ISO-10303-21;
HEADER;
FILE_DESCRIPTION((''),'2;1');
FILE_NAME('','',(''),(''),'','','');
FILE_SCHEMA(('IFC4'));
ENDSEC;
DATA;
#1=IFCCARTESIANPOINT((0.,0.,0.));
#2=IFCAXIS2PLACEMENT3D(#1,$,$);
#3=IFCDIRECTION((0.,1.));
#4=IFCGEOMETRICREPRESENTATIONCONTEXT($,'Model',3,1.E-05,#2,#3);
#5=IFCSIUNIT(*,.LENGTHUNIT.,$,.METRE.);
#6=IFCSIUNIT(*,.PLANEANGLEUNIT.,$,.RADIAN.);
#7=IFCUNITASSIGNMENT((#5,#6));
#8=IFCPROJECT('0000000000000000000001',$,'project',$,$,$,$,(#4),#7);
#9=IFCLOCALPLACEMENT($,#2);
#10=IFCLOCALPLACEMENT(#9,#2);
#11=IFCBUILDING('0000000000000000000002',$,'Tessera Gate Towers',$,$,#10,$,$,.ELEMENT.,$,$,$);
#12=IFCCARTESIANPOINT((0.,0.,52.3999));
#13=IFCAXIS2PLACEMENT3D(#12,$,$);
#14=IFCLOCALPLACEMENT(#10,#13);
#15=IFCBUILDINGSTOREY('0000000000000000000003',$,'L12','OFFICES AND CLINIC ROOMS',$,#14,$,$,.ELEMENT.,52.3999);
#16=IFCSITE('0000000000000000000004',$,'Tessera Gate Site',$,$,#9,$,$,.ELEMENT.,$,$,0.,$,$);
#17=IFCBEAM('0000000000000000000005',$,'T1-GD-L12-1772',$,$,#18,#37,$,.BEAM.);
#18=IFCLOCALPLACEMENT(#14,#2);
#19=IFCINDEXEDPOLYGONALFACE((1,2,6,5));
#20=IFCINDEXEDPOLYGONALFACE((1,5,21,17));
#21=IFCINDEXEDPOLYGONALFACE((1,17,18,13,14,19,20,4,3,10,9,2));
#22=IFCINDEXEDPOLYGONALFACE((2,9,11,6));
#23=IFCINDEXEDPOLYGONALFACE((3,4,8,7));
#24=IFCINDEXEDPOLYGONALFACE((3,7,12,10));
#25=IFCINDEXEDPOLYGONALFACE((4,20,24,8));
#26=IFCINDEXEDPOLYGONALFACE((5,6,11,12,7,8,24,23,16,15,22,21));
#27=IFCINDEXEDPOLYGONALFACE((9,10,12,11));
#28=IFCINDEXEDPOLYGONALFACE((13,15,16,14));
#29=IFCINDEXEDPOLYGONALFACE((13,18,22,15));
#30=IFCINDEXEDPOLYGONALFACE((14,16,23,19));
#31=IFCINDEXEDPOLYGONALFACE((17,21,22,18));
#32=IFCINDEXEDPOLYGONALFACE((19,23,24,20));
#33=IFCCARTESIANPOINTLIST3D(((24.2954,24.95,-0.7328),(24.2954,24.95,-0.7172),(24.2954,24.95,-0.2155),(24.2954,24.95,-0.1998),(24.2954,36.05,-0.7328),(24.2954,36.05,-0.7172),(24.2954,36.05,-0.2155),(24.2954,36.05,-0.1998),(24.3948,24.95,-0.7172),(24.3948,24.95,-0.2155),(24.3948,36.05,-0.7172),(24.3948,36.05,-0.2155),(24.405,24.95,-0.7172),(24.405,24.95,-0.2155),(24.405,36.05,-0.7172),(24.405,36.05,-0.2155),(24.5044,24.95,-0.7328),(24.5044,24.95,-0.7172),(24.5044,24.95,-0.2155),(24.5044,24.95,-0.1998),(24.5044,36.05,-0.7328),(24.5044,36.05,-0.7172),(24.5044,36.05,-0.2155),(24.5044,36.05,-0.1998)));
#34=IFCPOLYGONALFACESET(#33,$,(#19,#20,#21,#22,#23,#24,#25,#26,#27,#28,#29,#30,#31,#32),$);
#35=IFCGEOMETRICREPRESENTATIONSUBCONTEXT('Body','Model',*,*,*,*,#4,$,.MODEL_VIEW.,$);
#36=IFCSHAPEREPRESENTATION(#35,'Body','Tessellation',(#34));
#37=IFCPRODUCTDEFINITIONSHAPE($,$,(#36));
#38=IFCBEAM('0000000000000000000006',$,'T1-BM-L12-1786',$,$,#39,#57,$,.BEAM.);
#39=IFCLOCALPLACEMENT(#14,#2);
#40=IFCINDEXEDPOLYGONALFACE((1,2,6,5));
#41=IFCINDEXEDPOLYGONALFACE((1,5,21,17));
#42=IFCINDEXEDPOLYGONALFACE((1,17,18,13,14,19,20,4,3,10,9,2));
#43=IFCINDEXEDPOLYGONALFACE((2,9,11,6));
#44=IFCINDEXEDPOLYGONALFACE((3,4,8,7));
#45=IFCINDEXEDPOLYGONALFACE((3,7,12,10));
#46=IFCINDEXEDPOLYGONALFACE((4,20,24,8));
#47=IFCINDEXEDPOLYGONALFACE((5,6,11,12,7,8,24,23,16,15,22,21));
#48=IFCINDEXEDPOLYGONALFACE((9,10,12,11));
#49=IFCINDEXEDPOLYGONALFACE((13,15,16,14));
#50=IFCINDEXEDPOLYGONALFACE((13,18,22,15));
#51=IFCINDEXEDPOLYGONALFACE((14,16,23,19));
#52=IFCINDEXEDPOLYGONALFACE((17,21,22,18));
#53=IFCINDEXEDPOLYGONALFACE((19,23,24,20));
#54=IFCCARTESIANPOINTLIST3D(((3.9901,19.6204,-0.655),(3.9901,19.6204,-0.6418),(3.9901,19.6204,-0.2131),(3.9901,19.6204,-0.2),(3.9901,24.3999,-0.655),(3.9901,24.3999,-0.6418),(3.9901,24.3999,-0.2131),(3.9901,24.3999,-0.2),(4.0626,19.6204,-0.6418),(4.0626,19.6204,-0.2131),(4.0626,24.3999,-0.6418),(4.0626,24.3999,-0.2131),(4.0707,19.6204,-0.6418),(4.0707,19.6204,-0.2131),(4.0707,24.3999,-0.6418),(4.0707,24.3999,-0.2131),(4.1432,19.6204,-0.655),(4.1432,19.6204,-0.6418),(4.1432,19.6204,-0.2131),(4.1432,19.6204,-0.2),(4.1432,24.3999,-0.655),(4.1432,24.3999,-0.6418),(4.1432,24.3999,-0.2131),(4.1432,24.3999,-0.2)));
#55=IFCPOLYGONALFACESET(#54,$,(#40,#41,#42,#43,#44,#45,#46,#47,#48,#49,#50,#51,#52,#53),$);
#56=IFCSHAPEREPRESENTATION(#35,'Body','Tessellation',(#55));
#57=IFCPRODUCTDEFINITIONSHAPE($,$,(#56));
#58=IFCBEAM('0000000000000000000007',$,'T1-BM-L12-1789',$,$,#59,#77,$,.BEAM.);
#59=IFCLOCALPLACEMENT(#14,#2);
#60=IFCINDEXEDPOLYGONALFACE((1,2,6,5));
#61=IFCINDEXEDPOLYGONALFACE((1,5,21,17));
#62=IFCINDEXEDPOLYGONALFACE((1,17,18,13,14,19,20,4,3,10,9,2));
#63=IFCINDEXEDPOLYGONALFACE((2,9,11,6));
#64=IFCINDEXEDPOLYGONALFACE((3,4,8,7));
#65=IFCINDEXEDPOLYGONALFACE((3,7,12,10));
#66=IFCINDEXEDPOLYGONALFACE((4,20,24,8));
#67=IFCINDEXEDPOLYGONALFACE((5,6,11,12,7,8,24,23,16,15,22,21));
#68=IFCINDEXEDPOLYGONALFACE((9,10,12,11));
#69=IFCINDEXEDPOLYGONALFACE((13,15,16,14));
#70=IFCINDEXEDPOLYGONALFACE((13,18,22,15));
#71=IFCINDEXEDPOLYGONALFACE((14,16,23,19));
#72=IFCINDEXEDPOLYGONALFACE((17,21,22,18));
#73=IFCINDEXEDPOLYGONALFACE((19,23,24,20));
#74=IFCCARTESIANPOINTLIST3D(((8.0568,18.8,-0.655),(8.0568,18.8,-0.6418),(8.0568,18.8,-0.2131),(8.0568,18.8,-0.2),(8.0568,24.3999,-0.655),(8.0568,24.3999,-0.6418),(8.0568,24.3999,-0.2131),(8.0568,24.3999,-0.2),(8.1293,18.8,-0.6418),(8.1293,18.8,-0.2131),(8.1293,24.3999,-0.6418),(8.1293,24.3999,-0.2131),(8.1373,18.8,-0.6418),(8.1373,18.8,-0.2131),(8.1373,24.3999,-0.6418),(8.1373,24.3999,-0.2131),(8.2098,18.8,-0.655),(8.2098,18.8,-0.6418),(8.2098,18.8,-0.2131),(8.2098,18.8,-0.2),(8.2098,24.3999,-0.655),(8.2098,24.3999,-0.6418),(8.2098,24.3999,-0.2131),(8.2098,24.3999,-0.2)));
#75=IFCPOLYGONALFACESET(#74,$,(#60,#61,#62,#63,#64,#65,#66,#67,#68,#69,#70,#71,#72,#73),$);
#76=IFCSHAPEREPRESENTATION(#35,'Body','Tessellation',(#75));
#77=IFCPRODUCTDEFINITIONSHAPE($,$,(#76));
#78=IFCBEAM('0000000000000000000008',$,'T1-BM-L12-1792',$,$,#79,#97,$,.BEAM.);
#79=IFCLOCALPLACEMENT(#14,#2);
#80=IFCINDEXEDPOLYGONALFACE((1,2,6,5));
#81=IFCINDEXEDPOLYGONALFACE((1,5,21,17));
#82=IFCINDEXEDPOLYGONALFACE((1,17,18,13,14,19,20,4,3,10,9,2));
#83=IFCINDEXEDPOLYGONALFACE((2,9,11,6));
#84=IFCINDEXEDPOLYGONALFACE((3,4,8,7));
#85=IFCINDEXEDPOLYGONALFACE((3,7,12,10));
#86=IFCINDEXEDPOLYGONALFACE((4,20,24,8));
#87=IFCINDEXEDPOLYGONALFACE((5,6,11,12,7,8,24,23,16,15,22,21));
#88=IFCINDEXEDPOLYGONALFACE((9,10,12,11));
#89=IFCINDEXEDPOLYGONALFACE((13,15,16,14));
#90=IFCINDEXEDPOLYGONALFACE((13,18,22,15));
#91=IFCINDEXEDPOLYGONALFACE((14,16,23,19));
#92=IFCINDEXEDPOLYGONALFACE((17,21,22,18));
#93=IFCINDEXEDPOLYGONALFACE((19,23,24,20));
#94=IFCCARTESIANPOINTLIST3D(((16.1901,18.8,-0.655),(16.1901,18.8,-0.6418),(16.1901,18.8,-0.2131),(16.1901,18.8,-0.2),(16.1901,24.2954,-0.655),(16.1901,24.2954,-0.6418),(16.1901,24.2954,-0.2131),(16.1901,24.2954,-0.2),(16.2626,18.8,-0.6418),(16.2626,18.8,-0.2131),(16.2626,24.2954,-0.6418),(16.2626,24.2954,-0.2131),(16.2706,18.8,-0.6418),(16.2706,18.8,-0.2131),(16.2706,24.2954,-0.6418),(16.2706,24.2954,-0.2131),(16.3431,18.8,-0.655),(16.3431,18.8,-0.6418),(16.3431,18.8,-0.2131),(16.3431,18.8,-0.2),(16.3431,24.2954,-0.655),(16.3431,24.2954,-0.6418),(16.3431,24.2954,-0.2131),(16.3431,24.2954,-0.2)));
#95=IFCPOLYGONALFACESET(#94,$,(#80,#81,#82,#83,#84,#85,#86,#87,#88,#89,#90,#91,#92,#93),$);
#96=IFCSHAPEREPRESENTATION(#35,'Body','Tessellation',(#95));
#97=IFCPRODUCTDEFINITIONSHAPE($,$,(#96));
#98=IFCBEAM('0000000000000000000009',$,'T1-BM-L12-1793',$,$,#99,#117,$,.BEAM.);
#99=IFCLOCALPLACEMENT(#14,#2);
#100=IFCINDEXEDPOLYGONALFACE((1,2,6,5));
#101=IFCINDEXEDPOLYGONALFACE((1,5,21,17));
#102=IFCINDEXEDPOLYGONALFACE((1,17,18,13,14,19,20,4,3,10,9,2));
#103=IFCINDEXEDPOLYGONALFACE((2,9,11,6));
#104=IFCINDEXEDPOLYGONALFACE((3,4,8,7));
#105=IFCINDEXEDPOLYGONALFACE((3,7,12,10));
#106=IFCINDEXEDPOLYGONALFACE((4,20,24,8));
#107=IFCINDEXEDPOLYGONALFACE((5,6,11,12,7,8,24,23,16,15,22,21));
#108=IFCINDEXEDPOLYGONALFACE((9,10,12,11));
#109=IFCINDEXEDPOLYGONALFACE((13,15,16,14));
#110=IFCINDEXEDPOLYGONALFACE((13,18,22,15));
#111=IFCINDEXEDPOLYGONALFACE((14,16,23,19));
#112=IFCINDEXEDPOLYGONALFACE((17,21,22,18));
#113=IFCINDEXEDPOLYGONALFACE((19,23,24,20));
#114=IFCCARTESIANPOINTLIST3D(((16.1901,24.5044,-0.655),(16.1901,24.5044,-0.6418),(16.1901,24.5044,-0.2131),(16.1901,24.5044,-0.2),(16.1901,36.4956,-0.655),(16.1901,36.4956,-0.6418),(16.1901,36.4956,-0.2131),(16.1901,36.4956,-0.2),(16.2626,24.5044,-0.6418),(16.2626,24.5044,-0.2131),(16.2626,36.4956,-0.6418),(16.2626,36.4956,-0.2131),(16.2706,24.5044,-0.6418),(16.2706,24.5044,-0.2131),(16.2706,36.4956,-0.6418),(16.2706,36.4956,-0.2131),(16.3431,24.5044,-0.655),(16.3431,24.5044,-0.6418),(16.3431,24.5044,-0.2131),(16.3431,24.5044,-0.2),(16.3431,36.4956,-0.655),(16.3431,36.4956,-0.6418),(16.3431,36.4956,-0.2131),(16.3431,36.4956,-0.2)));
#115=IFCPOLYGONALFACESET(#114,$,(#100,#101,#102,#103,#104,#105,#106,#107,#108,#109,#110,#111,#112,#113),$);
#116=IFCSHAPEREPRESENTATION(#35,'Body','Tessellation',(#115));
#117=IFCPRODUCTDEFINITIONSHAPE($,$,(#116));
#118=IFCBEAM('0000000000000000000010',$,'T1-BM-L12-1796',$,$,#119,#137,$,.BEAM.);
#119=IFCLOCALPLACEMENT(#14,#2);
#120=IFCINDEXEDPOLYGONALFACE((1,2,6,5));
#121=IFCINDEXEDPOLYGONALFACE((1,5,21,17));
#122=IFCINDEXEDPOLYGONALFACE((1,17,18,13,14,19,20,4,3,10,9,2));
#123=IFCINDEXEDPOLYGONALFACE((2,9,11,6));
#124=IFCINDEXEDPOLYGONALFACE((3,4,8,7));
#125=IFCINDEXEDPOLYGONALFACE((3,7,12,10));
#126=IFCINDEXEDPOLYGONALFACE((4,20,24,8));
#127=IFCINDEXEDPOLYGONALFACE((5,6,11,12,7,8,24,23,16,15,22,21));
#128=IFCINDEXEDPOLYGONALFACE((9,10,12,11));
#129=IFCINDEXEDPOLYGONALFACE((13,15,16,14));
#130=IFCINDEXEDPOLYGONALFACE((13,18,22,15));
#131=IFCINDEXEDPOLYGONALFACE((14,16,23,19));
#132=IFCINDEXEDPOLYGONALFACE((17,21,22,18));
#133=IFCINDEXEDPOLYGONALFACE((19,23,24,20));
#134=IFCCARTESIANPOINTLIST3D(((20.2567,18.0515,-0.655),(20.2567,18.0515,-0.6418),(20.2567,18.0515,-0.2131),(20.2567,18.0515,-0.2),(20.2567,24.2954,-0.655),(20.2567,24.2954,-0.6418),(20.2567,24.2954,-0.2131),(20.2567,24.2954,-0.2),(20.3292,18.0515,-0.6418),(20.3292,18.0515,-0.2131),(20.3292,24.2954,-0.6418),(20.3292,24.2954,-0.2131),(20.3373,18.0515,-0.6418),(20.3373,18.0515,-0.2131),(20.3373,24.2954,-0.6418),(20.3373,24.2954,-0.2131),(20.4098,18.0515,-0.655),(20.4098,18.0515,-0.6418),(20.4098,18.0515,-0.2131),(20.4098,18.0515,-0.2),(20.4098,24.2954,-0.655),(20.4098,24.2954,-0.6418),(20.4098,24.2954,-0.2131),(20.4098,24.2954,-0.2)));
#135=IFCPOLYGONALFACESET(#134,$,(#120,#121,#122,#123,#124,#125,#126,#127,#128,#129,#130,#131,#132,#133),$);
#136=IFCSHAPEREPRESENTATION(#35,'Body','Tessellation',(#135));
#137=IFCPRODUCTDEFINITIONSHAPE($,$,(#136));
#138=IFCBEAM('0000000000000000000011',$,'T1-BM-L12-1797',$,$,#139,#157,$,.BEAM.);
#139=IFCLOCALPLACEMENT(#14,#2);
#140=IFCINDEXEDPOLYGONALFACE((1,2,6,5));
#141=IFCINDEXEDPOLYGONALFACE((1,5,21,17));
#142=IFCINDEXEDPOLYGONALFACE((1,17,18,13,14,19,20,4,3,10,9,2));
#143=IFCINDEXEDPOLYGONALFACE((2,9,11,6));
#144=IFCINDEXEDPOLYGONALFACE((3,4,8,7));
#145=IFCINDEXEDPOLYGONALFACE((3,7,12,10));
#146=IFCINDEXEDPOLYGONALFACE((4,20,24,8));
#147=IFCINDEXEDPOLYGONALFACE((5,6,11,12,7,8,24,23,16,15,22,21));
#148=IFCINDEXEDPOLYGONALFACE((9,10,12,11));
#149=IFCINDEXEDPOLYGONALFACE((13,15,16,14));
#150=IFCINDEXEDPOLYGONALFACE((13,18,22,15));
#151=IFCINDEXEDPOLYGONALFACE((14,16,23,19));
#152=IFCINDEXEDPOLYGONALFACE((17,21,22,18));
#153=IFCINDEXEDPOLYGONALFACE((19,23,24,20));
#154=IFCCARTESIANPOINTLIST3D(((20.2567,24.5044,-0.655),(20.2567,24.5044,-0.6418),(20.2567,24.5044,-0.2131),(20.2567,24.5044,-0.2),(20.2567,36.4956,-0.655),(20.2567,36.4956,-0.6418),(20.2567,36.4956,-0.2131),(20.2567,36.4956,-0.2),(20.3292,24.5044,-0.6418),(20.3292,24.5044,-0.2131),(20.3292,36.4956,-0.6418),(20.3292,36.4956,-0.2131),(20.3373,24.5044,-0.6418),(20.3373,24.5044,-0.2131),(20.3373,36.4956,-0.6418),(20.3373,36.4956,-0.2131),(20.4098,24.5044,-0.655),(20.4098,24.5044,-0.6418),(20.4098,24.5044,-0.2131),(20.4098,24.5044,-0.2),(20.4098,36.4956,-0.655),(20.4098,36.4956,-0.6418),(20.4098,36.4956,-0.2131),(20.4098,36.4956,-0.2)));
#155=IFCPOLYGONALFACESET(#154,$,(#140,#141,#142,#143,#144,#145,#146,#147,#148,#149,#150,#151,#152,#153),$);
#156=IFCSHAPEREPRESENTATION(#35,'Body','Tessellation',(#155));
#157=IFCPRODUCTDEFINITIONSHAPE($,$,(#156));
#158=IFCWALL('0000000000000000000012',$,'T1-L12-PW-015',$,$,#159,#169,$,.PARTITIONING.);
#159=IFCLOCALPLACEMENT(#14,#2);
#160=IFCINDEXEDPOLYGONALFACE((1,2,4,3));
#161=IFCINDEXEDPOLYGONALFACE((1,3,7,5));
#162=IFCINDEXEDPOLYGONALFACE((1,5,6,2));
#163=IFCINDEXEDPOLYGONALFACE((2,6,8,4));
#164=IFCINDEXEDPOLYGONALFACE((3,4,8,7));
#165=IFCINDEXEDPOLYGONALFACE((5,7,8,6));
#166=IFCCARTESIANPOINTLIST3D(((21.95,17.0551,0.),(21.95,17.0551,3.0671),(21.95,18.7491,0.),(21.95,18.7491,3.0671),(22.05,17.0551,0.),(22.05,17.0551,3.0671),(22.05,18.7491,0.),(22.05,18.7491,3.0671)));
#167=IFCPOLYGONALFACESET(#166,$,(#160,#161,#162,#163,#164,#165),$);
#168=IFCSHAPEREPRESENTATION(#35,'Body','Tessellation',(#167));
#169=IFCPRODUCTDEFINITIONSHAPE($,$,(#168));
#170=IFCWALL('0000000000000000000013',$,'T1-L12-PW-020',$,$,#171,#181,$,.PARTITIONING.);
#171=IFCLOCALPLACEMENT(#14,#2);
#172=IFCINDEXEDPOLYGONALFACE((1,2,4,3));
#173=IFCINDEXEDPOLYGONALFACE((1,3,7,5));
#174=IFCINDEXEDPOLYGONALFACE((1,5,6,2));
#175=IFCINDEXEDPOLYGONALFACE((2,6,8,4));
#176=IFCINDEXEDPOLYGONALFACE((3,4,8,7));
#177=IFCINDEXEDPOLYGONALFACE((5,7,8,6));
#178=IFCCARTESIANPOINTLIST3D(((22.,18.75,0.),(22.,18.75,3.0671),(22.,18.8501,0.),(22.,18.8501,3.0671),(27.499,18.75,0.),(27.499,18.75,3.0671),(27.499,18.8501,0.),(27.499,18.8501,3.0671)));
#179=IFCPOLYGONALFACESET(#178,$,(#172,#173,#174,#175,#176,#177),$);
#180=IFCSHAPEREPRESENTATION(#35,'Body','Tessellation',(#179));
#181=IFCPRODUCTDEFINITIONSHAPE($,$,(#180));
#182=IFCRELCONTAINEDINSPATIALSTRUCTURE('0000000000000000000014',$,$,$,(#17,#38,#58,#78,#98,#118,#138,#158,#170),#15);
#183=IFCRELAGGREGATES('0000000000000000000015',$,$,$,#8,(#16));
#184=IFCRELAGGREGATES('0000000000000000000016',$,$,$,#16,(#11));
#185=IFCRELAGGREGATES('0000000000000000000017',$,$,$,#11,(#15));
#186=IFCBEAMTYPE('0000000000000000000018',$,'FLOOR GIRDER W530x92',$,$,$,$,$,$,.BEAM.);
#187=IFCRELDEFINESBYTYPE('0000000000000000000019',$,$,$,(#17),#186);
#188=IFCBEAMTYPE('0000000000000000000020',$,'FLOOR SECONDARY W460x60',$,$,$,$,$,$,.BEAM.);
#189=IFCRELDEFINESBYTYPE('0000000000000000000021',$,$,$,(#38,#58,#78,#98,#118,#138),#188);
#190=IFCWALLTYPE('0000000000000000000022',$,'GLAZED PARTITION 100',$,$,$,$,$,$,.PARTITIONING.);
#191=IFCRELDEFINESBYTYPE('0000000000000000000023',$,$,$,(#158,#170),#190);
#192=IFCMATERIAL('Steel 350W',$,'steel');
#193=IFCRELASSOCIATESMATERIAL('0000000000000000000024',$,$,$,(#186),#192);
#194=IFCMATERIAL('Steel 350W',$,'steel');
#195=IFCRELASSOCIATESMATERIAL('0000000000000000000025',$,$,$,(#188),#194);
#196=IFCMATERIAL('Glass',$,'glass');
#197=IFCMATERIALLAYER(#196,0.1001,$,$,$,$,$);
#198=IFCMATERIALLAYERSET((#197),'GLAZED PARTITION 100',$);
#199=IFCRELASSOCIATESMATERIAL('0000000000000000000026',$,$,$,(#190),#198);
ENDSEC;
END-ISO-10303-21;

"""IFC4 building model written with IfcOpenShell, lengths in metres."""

from ifc_helpers import new_model, si_unit, direction, frame, frame_2d, origin, origin_2d, place, context, subcontext, project, spatial, rectangle, i_section, extrude, material, layer, layer_set, material_profile, profile_set, type_object, element, save


model = new_model("IFC4")

# Units and contexts
model_context = context("Model", 3, precision=1e-05, world=origin(), true_north=direction((0.0, 1.0)))
body_context = subcontext(model_context, "Body", "Model", "MODEL_VIEW")
ifc_project = project(units=[si_unit("LENGTHUNIT", "METRE"), si_unit("PLANEANGLEUNIT", "RADIAN")], contexts=[model_context])

# Site, building, storey
site_placement = place(None, origin())
site = spatial("IfcSite", under=ifc_project, at=site_placement, Name="Tessera Gate Site", CompositionType="ELEMENT", RefElevation=0.0)
building_placement = place(site_placement, origin())
building = spatial("IfcBuilding", under=site, at=building_placement, Name="Tessera Gate Towers", CompositionType="ELEMENT")
storey_placement = place(building_placement, frame((0.0, 0.0, 52.3999)))
storey = spatial("IfcBuildingStorey", under=building, at=storey_placement, Name="L12", Description="OFFICES AND CLINIC ROOMS", CompositionType="ELEMENT", Elevation=52.3999)

# Beams
ifc_material_1 = material(Name="Steel 350W", Category="steel")
ifc_material_profile_1 = material_profile(ifc_material_1, i_section(OverallWidth=0.209, OverallDepth=0.533, WebThickness=0.0103, FlangeThickness=0.0156, at=origin_2d()), Name="W530x92")
ifc_profile_set_1 = profile_set([ifc_material_profile_1], Name="Steel 350W")
beam_type_1 = type_object("IfcBeamType", Name="FLOOR GIRDER W530x92", PredefinedType="BEAM", material=ifc_profile_set_1)
beam_1_placement = place(storey_placement, frame((24.3999, 24.95, -0.4663), z_axis=(0.0, 1.0, 0.0), x_axis=(-1.0, 0.0, 0.0)))
element("IfcBeam", 1, at=beam_1_placement, inside=storey, type_object=beam_type_1, Name="T1-GD-L12-1772", PredefinedType="BEAM", context=body_context, shape_type="SweptSolid", body=[
    extrude(i_section(OverallWidth=0.209, OverallDepth=0.533, WebThickness=0.0103, FlangeThickness=0.0156, at=origin_2d()), origin(), (0.0, 0.0, 1.0), 11.1001),
])
ifc_material_2 = material(Name="Steel 350W", Category="steel")
ifc_material_profile_2 = material_profile(ifc_material_2, i_section(OverallWidth=0.1531, OverallDepth=0.4551, WebThickness=0.0081, FlangeThickness=0.0132, at=origin_2d()), Name="W460x60")
ifc_profile_set_2 = profile_set([ifc_material_profile_2], Name="Steel 350W")
beam_type_2 = type_object("IfcBeamType", Name="FLOOR SECONDARY W460x60", PredefinedType="BEAM", material=ifc_profile_set_2)
beam_2_placement = place(storey_placement, frame((4.0667, 19.6204, -0.4275), z_axis=(0.0, 1.0, 0.0), x_axis=(-1.0, 0.0, 0.0)))
element("IfcBeam", 2, at=beam_2_placement, inside=storey, type_object=beam_type_2, Name="T1-BM-L12-1786", PredefinedType="BEAM", context=body_context, shape_type="SweptSolid", body=[
    extrude(i_section(OverallWidth=0.1531, OverallDepth=0.4551, WebThickness=0.0081, FlangeThickness=0.0132, at=origin_2d()), origin(), (0.0, 0.0, 1.0), 4.7795),
])
beam_3_placement = place(storey_placement, frame((8.1333, 18.8, -0.4275), z_axis=(0.0, 1.0, 0.0), x_axis=(-1.0, 0.0, 0.0)))
element("IfcBeam", 3, at=beam_3_placement, inside=storey, type_object=beam_type_2, Name="T1-BM-L12-1789", PredefinedType="BEAM", context=body_context, shape_type="SweptSolid", body=[
    extrude(i_section(OverallWidth=0.1531, OverallDepth=0.4551, WebThickness=0.0081, FlangeThickness=0.0132, at=origin_2d()), origin(), (0.0, 0.0, 1.0), 5.5999),
])
beam_4_placement = place(storey_placement, frame((16.2666, 18.8, -0.4275), z_axis=(0.0, 1.0, 0.0), x_axis=(-1.0, 0.0, 0.0)))
element("IfcBeam", 4, at=beam_4_placement, inside=storey, type_object=beam_type_2, Name="T1-BM-L12-1792", PredefinedType="BEAM", context=body_context, shape_type="SweptSolid", body=[
    extrude(i_section(OverallWidth=0.1531, OverallDepth=0.4551, WebThickness=0.0081, FlangeThickness=0.0132, at=origin_2d()), origin(), (0.0, 0.0, 1.0), 5.4954),
])
beam_5_placement = place(storey_placement, frame((16.2666, 24.5044, -0.4275), z_axis=(0.0, 1.0, 0.0), x_axis=(-1.0, 0.0, 0.0)))
element("IfcBeam", 5, at=beam_5_placement, inside=storey, type_object=beam_type_2, Name="T1-BM-L12-1793", PredefinedType="BEAM", context=body_context, shape_type="SweptSolid", body=[
    extrude(i_section(OverallWidth=0.1531, OverallDepth=0.4551, WebThickness=0.0081, FlangeThickness=0.0132, at=origin_2d()), origin(), (0.0, 0.0, 1.0), 11.9912),
])
beam_6_placement = place(storey_placement, frame((20.3333, 18.0515, -0.4275), z_axis=(0.0, 1.0, 0.0), x_axis=(-1.0, 0.0, 0.0)))
element("IfcBeam", 6, at=beam_6_placement, inside=storey, type_object=beam_type_2, Name="T1-BM-L12-1796", PredefinedType="BEAM", context=body_context, shape_type="SweptSolid", body=[
    extrude(i_section(OverallWidth=0.1531, OverallDepth=0.4551, WebThickness=0.0081, FlangeThickness=0.0132, at=origin_2d()), origin(), (0.0, 0.0, 1.0), 6.2439),
])
beam_7_placement = place(storey_placement, frame((20.3333, 24.5044, -0.4275), z_axis=(0.0, 1.0, 0.0), x_axis=(-1.0, 0.0, 0.0)))
element("IfcBeam", 7, at=beam_7_placement, inside=storey, type_object=beam_type_2, Name="T1-BM-L12-1797", PredefinedType="BEAM", context=body_context, shape_type="SweptSolid", body=[
    extrude(i_section(OverallWidth=0.1531, OverallDepth=0.4551, WebThickness=0.0081, FlangeThickness=0.0132, at=origin_2d()), origin(), (0.0, 0.0, 1.0), 11.9912),
])

# Walls
ifc_material_3 = material(Name="Glass", Category="glass")
ifc_layer_1 = layer(ifc_material_3, 0.1001)
ifc_layer_set_1 = layer_set([ifc_layer_1], Name="GLAZED PARTITION 100")
wall_type_1 = type_object("IfcWallType", Name="GLAZED PARTITION 100", PredefinedType="PARTITIONING", material=ifc_layer_set_1)
wall_1_placement = place(storey_placement, frame((22.0, 17.0549, 0.0), z_axis=(0.0, 0.0, 1.0), x_axis=(0.0, 1.0, 0.0)))
element("IfcWall", 8, at=wall_1_placement, inside=storey, type_object=wall_type_1, Name="T1-L12-PW-015", PredefinedType="PARTITIONING", context=body_context, shape_type="SweptSolid", body=[
    extrude(rectangle(XDim=1.6941, YDim=0.1001, at=frame_2d((0.8472, 0.0))), origin(), (0.0, 0.0, 1.0), 3.0671),
])
wall_2_placement = place(storey_placement, frame((22.0, 18.8, 0.0), z_axis=(0.0, 0.0, 1.0), x_axis=(1.0, 0.0, 0.0)))
element("IfcWall", 9, at=wall_2_placement, inside=storey, type_object=wall_type_1, Name="T1-L12-PW-020", PredefinedType="PARTITIONING", context=body_context, shape_type="SweptSolid", body=[
    extrude(rectangle(XDim=5.499, YDim=0.1001, at=frame_2d((2.7495, 0.0))), origin(), (0.0, 0.0, 1.0), 3.0671),
])

save(model, "model.ifc")
